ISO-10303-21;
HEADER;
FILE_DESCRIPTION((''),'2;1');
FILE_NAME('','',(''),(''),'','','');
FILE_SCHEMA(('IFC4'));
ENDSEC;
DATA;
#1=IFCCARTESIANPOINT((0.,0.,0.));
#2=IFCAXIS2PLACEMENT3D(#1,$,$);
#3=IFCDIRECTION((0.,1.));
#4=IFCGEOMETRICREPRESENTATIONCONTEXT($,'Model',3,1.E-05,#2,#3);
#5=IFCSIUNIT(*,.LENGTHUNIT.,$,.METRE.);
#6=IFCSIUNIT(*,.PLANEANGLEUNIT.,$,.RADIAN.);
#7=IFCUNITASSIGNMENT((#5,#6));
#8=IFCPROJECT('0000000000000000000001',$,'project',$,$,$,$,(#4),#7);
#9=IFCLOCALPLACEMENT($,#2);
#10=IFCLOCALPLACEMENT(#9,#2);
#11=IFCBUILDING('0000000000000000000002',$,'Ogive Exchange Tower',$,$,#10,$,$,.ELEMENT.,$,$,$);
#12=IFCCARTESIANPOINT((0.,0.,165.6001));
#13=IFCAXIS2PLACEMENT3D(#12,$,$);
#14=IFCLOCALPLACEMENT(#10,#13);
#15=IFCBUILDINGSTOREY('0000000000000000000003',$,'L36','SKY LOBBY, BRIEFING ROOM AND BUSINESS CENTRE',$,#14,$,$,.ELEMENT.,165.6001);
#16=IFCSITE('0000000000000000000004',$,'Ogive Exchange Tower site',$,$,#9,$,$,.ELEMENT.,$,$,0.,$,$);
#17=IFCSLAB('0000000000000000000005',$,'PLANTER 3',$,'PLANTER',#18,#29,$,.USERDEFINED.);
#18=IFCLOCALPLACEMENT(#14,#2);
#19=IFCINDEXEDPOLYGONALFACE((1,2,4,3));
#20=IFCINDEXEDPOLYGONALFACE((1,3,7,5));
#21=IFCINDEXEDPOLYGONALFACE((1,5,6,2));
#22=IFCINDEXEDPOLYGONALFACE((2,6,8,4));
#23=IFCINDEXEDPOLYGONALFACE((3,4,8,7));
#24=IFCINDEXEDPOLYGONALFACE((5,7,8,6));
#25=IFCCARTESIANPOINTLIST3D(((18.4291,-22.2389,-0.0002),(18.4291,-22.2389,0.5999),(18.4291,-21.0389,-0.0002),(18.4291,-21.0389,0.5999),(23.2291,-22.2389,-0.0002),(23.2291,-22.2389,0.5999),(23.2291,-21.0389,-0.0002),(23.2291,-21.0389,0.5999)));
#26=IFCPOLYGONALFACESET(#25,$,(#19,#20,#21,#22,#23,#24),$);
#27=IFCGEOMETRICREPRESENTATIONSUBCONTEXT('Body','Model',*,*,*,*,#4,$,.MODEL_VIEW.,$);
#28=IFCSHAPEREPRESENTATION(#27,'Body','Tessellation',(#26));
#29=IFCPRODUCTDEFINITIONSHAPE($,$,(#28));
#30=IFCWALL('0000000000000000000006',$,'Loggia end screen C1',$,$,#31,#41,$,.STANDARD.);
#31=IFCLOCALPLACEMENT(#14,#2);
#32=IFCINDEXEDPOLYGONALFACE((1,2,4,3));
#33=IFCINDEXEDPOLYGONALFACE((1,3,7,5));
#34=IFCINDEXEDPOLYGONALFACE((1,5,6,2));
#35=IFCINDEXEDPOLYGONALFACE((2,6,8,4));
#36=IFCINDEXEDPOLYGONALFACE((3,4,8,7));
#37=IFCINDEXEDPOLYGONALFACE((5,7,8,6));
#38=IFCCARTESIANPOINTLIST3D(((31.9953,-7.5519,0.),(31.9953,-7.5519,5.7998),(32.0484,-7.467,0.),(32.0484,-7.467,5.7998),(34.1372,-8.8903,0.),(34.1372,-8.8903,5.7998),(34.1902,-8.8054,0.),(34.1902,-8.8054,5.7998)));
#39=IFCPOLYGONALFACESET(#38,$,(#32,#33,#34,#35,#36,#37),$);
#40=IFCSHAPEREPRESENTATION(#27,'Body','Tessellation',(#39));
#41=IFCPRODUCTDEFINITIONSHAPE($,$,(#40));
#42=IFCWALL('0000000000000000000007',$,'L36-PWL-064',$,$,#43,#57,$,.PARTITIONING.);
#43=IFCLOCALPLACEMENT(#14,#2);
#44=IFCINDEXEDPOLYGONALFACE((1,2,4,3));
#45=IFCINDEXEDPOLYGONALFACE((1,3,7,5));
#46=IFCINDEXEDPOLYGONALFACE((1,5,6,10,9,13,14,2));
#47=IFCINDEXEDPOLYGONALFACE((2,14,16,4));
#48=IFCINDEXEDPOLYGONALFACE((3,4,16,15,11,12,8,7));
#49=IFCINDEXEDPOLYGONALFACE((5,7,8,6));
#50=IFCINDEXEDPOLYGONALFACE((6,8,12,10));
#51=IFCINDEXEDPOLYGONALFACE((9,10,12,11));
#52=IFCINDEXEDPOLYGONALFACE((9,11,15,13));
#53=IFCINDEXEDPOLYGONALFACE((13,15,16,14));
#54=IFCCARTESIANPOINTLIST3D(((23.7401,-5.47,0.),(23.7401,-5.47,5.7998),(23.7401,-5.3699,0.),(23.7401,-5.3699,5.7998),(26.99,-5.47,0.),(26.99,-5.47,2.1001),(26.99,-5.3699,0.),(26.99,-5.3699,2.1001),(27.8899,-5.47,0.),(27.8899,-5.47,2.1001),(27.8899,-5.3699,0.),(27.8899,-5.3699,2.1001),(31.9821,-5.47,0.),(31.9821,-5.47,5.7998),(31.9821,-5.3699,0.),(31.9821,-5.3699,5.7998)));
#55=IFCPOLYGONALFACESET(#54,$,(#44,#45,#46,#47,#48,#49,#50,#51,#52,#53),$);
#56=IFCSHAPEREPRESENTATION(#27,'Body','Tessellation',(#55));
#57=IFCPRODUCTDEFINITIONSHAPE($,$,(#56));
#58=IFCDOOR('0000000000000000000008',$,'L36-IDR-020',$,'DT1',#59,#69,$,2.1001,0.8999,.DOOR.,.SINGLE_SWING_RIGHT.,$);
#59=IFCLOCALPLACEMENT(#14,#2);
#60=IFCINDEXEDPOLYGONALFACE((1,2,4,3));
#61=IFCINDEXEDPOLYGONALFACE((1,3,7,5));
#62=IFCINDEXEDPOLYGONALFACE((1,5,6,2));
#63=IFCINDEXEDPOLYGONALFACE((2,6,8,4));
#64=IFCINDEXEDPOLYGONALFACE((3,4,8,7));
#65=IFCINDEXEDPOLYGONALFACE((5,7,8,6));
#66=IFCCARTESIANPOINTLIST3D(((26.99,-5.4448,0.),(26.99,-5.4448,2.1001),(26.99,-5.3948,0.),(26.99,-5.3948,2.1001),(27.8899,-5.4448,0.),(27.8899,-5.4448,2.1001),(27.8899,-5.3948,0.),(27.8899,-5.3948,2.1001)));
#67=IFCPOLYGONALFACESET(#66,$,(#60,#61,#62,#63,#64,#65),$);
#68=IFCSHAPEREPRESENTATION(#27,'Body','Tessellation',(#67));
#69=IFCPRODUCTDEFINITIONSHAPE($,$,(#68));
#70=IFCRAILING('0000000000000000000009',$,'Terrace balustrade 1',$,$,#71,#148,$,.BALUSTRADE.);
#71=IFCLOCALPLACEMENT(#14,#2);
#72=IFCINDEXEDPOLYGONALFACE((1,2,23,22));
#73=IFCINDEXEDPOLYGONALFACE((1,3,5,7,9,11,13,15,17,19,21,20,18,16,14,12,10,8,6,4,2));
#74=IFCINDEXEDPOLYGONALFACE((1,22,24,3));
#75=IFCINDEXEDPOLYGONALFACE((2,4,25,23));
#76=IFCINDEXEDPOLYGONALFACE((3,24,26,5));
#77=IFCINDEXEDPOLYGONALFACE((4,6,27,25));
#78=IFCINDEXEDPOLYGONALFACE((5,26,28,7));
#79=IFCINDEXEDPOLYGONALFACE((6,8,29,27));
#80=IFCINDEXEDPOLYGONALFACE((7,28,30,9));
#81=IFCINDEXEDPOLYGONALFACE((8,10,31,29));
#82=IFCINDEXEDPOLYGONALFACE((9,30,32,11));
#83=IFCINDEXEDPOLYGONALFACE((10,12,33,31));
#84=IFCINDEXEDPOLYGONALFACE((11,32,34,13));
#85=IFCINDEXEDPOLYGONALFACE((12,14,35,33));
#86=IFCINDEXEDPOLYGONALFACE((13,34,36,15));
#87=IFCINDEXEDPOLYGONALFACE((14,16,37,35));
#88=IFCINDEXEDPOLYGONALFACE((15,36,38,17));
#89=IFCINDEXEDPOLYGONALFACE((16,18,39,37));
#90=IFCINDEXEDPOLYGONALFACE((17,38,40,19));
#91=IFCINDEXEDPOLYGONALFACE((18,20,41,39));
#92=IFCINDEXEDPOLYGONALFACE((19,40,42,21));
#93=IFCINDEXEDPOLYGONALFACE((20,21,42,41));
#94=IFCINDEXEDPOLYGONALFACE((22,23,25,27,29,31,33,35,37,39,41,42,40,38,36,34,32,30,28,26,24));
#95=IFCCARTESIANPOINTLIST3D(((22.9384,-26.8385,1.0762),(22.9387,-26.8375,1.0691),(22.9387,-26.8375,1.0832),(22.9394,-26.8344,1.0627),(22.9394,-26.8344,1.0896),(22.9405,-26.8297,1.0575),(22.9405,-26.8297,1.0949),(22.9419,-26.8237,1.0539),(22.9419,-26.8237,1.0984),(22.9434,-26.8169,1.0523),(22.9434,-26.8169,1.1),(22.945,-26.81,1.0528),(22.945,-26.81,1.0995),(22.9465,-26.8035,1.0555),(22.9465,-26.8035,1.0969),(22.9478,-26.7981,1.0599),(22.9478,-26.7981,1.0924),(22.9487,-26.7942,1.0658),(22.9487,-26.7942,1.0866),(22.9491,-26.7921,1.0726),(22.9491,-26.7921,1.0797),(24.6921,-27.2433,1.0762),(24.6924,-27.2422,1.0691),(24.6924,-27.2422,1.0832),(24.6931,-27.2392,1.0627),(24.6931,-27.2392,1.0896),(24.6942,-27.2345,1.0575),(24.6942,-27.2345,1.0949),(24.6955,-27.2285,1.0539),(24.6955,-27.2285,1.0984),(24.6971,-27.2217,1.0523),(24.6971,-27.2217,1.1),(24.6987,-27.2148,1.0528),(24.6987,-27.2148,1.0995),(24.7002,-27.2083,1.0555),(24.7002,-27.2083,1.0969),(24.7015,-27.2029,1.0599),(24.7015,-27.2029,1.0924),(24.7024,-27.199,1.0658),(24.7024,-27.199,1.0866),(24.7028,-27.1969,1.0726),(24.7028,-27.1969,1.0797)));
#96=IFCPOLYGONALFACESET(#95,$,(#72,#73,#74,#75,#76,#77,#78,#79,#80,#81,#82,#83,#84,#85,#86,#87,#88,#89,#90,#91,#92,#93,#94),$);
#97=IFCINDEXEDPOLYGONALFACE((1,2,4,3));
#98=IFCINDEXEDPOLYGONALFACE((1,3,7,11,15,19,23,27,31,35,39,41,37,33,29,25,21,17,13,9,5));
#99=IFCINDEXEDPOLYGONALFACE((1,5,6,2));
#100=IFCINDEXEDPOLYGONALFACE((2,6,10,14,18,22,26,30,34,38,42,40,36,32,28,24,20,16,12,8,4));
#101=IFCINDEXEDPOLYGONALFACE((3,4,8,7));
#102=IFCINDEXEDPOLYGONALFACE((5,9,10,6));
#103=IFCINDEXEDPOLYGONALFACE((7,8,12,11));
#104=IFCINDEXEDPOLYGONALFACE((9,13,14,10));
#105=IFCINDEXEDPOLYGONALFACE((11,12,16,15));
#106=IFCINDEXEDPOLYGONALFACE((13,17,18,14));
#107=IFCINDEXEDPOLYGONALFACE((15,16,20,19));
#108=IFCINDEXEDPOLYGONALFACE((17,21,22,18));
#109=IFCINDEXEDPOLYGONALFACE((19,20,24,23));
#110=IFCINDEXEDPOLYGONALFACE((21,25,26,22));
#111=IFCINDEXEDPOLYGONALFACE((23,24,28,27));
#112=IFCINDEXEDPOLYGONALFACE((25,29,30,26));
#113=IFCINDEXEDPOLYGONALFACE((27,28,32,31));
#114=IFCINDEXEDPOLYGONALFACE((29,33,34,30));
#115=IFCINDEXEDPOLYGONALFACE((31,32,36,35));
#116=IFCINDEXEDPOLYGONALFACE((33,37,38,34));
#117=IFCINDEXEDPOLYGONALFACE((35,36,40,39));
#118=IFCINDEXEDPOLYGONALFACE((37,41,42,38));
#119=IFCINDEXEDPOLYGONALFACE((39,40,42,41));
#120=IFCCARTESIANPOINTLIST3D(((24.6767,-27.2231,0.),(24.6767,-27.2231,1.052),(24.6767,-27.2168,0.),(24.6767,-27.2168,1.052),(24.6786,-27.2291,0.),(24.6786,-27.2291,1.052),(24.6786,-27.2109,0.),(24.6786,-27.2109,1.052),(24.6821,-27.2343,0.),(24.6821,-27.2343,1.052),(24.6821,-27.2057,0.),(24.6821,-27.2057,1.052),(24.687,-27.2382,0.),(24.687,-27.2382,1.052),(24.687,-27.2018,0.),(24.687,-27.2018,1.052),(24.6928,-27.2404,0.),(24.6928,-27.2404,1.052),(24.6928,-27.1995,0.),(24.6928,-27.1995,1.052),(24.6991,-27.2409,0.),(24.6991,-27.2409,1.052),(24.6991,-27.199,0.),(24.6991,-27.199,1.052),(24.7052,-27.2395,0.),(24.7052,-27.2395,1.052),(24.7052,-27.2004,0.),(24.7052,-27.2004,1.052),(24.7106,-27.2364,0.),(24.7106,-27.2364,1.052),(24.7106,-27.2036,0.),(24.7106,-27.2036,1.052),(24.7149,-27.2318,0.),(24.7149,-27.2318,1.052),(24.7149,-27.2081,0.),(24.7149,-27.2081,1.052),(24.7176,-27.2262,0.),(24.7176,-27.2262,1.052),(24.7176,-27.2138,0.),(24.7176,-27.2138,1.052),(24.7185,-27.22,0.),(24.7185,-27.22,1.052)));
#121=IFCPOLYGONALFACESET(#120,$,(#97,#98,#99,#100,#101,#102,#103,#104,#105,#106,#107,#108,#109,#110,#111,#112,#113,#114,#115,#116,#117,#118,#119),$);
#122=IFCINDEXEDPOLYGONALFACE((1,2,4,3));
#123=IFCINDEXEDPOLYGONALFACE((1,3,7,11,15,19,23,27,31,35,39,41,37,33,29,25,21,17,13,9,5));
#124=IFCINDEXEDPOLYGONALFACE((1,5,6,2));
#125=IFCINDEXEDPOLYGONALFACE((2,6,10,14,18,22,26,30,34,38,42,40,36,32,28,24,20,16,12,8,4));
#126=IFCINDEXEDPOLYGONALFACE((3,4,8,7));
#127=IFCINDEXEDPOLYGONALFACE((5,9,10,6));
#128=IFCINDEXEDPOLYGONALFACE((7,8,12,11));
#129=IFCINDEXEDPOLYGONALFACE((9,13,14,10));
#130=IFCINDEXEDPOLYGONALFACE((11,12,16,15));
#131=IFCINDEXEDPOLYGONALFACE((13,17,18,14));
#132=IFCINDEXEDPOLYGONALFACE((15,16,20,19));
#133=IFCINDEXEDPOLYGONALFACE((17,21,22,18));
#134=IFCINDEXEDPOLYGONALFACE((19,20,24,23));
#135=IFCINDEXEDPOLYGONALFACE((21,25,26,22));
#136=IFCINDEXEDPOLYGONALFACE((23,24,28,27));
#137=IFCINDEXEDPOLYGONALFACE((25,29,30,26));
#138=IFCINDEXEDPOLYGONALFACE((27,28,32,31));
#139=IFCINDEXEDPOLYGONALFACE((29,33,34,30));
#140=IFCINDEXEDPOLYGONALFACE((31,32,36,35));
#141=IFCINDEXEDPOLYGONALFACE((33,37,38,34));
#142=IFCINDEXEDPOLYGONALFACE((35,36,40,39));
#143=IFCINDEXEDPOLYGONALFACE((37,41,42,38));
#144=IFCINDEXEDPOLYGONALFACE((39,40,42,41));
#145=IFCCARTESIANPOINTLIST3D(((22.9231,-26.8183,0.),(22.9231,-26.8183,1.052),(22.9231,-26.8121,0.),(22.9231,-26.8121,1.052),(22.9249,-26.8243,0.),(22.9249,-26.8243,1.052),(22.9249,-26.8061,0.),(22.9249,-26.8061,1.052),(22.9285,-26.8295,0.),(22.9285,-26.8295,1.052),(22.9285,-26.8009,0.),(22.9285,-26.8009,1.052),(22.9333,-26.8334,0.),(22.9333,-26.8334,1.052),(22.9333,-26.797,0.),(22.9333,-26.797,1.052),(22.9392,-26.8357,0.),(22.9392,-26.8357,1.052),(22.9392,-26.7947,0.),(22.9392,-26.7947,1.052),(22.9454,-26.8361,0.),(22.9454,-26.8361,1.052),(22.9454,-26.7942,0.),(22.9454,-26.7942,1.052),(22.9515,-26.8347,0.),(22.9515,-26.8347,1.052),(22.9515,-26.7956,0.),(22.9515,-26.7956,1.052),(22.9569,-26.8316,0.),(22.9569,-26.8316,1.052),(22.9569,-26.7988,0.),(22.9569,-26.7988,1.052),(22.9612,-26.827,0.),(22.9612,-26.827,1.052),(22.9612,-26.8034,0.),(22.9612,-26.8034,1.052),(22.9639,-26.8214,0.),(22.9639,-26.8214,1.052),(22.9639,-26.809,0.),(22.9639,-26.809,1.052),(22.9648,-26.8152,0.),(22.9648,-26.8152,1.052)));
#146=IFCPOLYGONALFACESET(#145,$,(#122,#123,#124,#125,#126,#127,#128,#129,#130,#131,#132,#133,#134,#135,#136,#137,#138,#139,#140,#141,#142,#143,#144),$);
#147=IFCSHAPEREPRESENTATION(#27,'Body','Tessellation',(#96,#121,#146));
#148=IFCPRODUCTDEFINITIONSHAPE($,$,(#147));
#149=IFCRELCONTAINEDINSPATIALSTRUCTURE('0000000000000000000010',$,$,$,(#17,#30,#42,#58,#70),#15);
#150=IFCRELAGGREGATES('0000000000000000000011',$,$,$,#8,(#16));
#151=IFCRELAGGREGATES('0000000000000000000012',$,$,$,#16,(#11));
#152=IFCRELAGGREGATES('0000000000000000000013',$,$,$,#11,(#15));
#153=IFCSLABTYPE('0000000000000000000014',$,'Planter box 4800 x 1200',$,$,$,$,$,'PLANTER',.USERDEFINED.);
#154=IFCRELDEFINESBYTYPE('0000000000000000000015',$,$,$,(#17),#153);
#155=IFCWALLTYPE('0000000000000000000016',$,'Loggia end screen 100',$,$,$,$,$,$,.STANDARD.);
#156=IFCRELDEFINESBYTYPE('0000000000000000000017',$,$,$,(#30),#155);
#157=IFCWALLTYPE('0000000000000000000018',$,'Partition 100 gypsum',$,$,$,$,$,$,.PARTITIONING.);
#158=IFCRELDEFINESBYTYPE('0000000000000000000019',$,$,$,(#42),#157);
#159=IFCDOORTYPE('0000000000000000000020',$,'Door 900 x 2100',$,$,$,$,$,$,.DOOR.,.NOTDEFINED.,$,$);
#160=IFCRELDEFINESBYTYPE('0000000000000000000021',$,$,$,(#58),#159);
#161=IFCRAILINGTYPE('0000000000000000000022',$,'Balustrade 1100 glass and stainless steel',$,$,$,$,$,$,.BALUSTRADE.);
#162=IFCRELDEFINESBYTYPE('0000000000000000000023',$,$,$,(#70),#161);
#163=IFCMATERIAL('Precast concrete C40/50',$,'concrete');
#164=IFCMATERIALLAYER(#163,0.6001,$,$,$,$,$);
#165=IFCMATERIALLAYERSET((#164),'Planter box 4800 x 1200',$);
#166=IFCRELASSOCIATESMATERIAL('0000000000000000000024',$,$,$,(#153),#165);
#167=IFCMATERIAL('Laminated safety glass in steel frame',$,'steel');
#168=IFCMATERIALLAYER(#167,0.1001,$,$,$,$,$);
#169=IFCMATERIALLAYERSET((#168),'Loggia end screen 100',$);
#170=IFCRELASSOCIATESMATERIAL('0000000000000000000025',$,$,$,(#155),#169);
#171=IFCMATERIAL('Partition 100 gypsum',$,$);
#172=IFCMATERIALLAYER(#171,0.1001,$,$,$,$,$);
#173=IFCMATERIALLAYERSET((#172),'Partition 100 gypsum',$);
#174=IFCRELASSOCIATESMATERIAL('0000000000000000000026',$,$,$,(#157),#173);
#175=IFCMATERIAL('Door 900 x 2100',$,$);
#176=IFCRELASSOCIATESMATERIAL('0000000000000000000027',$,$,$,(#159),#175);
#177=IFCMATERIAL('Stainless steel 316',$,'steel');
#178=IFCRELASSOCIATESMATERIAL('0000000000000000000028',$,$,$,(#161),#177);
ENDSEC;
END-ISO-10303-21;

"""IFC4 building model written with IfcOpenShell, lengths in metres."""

from ifc_helpers import new_model, si_unit, direction, frame, frame_2d, origin, origin_2d, place, context, subcontext, project, spatial, rectangle, circle, extrude, material, layer, layer_set, type_object, element, fill, save


model = new_model("IFC4")

# Units and contexts
model_context = context("Model", 3, precision=1e-05, world=origin(), true_north=direction((0.0, 1.0)))
body_context = subcontext(model_context, "Body", "Model", "MODEL_VIEW")
ifc_project = project(units=[si_unit("LENGTHUNIT", "METRE"), si_unit("PLANEANGLEUNIT", "RADIAN")], contexts=[model_context])

# Site, building, storey
site_placement = place(None, origin())
site = spatial("IfcSite", under=ifc_project, at=site_placement, Name="Ogive Exchange Tower site", CompositionType="ELEMENT", RefElevation=0.0)
building_placement = place(site_placement, origin())
building = spatial("IfcBuilding", under=site, at=building_placement, Name="Ogive Exchange Tower", CompositionType="ELEMENT")
storey_placement = place(building_placement, frame((0.0, 0.0, 165.6001)))
storey = spatial("IfcBuildingStorey", under=building, at=storey_placement, Name="L36", Description="SKY LOBBY, BRIEFING ROOM AND BUSINESS CENTRE", CompositionType="ELEMENT", Elevation=165.6001)

# Slab
ifc_material_1 = material(Name="Precast concrete C40/50", Category="concrete")
ifc_layer_1 = layer(ifc_material_1, 0.6001)
ifc_layer_set_1 = layer_set([ifc_layer_1], Name="Planter box 4800 x 1200")
slab_type = type_object("IfcSlabType", Name="Planter box 4800 x 1200", ElementType="PLANTER", PredefinedType="USERDEFINED", material=ifc_layer_set_1)
slab_placement = place(storey_placement, frame((20.8291, -21.6389, -0.0002), z_axis=(0.0, 0.0, 1.0), x_axis=(1.0, 0.0, 0.0)))
element("IfcSlab", 1, at=slab_placement, inside=storey, type_object=slab_type, Name="PLANTER 3", ObjectType="PLANTER", PredefinedType="USERDEFINED", context=body_context, shape_type="SweptSolid", body=[
    extrude(rectangle(XDim=4.8, YDim=1.2, at=origin_2d()), origin(), (0.0, 0.0, 1.0), 0.6001),
])

# Wall
ifc_material_2 = material(Name="Laminated safety glass in steel frame", Category="steel")
ifc_layer_2 = layer(ifc_material_2, 0.1001)
ifc_layer_set_2 = layer_set([ifc_layer_2], Name="Loggia end screen 100")
wall_type_1 = type_object("IfcWallType", Name="Loggia end screen 100", PredefinedType="STANDARD", material=ifc_layer_set_2)
wall_1_placement = place(storey_placement, frame((32.022, -7.5095, 0.0), z_axis=(0.0, 0.0, 1.0), x_axis=(0.848047, -0.529921, 0.0)))
element("IfcWall", 2, at=wall_1_placement, inside=storey, type_object=wall_type_1, Name="Loggia end screen C1", PredefinedType="STANDARD", context=body_context, shape_type="SweptSolid", body=[
    extrude(rectangle(XDim=2.5256, YDim=0.1001, at=frame_2d((1.2627, 0.0))), origin(), (0.0, 0.0, 1.0), 5.7998),
])

# Wall, opening, door
ifc_material_3 = material(Name="Partition 100 gypsum")
ifc_layer_3 = layer(ifc_material_3, 0.1001)
ifc_layer_set_3 = layer_set([ifc_layer_3], Name="Partition 100 gypsum")
wall_type_2 = type_object("IfcWallType", Name="Partition 100 gypsum", PredefinedType="PARTITIONING", material=ifc_layer_set_3)
wall_2_placement = place(storey_placement, frame((23.74, -5.4199, 0.0), z_axis=(0.0, 0.0, 1.0), x_axis=(1.0, 0.0, 0.0)))
wall_2 = element("IfcWall", 3, at=wall_2_placement, inside=storey, type_object=wall_type_2, Name="L36-PWL-064", PredefinedType="PARTITIONING", context=body_context, shape_type="SweptSolid", body=[
    extrude(rectangle(XDim=8.2419, YDim=0.1001, at=frame_2d((4.1211, 0.0))), origin(), (0.0, 0.0, 1.0), 5.7998),
])
opening_placement = place(wall_2_placement, frame((3.25, 0.0, 0.0)))
opening = element("IfcOpeningElement", 4, at=opening_placement, cuts=wall_2, PredefinedType="OPENING", context=body_context, shape_type="SweptSolid", body=[
    extrude(rectangle(XDim=0.8999, YDim=2.1001, at=frame_2d((0.45, 1.05))), frame((0.0, 0.0601, 0.0), z_axis=(0.0, -1.0, 0.0), x_axis=(1.0, 0.0, 0.0)), (0.0, 0.0, 1.0), 0.1201),
])
ifc_material_4 = material(Name="Door 900 x 2100")
door_type = type_object("IfcDoorType", Name="Door 900 x 2100", OperationType="NOTDEFINED", PredefinedType="DOOR", material=ifc_material_4)
door_placement = place(opening_placement, frame((0.8999, 0.0, 0.0), z_axis=(0.0, 0.0, 1.0), x_axis=(-1.0, 0.0, 0.0)))
door = element("IfcDoor", 5, at=door_placement, inside=storey, type_object=door_type, Name="L36-IDR-020", ObjectType="DT1", OperationType="SINGLE_SWING_RIGHT", OverallHeight=2.1001, OverallWidth=0.8999, PredefinedType="DOOR", context=body_context, shape_type="SweptSolid", body=[
    extrude(rectangle(XDim=0.8999, YDim=2.1001, at=frame_2d((0.45, 1.05))), frame((0.0, 0.0249, 0.0), z_axis=(0.0, -1.0, 0.0), x_axis=(1.0, 0.0, 0.0)), (0.0, 0.0, 1.0), 0.05),
])
fill(opening, door)

# Railing
ifc_material_5 = material(Name="Stainless steel 316", Category="steel")
railing_type_1 = type_object("IfcRailingType", Name="Balustrade 1100 glass and stainless steel", PredefinedType="BALUSTRADE", material=ifc_material_5)
railing_1_placement = place(storey_placement, frame((24.6975, -27.22, 0.0)))
element("IfcRailing", 6, at=railing_1_placement, inside=storey, type_object=railing_type_1, Name="Terrace balustrade 1", PredefinedType="BALUSTRADE", context=body_context, shape_type="SweptSolid", body=[
    extrude(circle(Radius=0.0239, at=origin_2d()), frame((0.0, 0.0, 1.0762), z_axis=(-0.97438, 0.224909, 0.0), x_axis=(-0.224909, -0.97438, 0.0)), (0.0, 0.0, 1.0), 1.7998),
    extrude(circle(Radius=0.021, at=origin_2d()), origin(), (0.0, 0.0, 1.0), 1.052),
    extrude(circle(Radius=0.021, at=origin_2d()), frame((-1.7537, 0.4048, 0.0)), (0.0, 0.0, 1.0), 1.052),
])

save(model, "model.ifc")
